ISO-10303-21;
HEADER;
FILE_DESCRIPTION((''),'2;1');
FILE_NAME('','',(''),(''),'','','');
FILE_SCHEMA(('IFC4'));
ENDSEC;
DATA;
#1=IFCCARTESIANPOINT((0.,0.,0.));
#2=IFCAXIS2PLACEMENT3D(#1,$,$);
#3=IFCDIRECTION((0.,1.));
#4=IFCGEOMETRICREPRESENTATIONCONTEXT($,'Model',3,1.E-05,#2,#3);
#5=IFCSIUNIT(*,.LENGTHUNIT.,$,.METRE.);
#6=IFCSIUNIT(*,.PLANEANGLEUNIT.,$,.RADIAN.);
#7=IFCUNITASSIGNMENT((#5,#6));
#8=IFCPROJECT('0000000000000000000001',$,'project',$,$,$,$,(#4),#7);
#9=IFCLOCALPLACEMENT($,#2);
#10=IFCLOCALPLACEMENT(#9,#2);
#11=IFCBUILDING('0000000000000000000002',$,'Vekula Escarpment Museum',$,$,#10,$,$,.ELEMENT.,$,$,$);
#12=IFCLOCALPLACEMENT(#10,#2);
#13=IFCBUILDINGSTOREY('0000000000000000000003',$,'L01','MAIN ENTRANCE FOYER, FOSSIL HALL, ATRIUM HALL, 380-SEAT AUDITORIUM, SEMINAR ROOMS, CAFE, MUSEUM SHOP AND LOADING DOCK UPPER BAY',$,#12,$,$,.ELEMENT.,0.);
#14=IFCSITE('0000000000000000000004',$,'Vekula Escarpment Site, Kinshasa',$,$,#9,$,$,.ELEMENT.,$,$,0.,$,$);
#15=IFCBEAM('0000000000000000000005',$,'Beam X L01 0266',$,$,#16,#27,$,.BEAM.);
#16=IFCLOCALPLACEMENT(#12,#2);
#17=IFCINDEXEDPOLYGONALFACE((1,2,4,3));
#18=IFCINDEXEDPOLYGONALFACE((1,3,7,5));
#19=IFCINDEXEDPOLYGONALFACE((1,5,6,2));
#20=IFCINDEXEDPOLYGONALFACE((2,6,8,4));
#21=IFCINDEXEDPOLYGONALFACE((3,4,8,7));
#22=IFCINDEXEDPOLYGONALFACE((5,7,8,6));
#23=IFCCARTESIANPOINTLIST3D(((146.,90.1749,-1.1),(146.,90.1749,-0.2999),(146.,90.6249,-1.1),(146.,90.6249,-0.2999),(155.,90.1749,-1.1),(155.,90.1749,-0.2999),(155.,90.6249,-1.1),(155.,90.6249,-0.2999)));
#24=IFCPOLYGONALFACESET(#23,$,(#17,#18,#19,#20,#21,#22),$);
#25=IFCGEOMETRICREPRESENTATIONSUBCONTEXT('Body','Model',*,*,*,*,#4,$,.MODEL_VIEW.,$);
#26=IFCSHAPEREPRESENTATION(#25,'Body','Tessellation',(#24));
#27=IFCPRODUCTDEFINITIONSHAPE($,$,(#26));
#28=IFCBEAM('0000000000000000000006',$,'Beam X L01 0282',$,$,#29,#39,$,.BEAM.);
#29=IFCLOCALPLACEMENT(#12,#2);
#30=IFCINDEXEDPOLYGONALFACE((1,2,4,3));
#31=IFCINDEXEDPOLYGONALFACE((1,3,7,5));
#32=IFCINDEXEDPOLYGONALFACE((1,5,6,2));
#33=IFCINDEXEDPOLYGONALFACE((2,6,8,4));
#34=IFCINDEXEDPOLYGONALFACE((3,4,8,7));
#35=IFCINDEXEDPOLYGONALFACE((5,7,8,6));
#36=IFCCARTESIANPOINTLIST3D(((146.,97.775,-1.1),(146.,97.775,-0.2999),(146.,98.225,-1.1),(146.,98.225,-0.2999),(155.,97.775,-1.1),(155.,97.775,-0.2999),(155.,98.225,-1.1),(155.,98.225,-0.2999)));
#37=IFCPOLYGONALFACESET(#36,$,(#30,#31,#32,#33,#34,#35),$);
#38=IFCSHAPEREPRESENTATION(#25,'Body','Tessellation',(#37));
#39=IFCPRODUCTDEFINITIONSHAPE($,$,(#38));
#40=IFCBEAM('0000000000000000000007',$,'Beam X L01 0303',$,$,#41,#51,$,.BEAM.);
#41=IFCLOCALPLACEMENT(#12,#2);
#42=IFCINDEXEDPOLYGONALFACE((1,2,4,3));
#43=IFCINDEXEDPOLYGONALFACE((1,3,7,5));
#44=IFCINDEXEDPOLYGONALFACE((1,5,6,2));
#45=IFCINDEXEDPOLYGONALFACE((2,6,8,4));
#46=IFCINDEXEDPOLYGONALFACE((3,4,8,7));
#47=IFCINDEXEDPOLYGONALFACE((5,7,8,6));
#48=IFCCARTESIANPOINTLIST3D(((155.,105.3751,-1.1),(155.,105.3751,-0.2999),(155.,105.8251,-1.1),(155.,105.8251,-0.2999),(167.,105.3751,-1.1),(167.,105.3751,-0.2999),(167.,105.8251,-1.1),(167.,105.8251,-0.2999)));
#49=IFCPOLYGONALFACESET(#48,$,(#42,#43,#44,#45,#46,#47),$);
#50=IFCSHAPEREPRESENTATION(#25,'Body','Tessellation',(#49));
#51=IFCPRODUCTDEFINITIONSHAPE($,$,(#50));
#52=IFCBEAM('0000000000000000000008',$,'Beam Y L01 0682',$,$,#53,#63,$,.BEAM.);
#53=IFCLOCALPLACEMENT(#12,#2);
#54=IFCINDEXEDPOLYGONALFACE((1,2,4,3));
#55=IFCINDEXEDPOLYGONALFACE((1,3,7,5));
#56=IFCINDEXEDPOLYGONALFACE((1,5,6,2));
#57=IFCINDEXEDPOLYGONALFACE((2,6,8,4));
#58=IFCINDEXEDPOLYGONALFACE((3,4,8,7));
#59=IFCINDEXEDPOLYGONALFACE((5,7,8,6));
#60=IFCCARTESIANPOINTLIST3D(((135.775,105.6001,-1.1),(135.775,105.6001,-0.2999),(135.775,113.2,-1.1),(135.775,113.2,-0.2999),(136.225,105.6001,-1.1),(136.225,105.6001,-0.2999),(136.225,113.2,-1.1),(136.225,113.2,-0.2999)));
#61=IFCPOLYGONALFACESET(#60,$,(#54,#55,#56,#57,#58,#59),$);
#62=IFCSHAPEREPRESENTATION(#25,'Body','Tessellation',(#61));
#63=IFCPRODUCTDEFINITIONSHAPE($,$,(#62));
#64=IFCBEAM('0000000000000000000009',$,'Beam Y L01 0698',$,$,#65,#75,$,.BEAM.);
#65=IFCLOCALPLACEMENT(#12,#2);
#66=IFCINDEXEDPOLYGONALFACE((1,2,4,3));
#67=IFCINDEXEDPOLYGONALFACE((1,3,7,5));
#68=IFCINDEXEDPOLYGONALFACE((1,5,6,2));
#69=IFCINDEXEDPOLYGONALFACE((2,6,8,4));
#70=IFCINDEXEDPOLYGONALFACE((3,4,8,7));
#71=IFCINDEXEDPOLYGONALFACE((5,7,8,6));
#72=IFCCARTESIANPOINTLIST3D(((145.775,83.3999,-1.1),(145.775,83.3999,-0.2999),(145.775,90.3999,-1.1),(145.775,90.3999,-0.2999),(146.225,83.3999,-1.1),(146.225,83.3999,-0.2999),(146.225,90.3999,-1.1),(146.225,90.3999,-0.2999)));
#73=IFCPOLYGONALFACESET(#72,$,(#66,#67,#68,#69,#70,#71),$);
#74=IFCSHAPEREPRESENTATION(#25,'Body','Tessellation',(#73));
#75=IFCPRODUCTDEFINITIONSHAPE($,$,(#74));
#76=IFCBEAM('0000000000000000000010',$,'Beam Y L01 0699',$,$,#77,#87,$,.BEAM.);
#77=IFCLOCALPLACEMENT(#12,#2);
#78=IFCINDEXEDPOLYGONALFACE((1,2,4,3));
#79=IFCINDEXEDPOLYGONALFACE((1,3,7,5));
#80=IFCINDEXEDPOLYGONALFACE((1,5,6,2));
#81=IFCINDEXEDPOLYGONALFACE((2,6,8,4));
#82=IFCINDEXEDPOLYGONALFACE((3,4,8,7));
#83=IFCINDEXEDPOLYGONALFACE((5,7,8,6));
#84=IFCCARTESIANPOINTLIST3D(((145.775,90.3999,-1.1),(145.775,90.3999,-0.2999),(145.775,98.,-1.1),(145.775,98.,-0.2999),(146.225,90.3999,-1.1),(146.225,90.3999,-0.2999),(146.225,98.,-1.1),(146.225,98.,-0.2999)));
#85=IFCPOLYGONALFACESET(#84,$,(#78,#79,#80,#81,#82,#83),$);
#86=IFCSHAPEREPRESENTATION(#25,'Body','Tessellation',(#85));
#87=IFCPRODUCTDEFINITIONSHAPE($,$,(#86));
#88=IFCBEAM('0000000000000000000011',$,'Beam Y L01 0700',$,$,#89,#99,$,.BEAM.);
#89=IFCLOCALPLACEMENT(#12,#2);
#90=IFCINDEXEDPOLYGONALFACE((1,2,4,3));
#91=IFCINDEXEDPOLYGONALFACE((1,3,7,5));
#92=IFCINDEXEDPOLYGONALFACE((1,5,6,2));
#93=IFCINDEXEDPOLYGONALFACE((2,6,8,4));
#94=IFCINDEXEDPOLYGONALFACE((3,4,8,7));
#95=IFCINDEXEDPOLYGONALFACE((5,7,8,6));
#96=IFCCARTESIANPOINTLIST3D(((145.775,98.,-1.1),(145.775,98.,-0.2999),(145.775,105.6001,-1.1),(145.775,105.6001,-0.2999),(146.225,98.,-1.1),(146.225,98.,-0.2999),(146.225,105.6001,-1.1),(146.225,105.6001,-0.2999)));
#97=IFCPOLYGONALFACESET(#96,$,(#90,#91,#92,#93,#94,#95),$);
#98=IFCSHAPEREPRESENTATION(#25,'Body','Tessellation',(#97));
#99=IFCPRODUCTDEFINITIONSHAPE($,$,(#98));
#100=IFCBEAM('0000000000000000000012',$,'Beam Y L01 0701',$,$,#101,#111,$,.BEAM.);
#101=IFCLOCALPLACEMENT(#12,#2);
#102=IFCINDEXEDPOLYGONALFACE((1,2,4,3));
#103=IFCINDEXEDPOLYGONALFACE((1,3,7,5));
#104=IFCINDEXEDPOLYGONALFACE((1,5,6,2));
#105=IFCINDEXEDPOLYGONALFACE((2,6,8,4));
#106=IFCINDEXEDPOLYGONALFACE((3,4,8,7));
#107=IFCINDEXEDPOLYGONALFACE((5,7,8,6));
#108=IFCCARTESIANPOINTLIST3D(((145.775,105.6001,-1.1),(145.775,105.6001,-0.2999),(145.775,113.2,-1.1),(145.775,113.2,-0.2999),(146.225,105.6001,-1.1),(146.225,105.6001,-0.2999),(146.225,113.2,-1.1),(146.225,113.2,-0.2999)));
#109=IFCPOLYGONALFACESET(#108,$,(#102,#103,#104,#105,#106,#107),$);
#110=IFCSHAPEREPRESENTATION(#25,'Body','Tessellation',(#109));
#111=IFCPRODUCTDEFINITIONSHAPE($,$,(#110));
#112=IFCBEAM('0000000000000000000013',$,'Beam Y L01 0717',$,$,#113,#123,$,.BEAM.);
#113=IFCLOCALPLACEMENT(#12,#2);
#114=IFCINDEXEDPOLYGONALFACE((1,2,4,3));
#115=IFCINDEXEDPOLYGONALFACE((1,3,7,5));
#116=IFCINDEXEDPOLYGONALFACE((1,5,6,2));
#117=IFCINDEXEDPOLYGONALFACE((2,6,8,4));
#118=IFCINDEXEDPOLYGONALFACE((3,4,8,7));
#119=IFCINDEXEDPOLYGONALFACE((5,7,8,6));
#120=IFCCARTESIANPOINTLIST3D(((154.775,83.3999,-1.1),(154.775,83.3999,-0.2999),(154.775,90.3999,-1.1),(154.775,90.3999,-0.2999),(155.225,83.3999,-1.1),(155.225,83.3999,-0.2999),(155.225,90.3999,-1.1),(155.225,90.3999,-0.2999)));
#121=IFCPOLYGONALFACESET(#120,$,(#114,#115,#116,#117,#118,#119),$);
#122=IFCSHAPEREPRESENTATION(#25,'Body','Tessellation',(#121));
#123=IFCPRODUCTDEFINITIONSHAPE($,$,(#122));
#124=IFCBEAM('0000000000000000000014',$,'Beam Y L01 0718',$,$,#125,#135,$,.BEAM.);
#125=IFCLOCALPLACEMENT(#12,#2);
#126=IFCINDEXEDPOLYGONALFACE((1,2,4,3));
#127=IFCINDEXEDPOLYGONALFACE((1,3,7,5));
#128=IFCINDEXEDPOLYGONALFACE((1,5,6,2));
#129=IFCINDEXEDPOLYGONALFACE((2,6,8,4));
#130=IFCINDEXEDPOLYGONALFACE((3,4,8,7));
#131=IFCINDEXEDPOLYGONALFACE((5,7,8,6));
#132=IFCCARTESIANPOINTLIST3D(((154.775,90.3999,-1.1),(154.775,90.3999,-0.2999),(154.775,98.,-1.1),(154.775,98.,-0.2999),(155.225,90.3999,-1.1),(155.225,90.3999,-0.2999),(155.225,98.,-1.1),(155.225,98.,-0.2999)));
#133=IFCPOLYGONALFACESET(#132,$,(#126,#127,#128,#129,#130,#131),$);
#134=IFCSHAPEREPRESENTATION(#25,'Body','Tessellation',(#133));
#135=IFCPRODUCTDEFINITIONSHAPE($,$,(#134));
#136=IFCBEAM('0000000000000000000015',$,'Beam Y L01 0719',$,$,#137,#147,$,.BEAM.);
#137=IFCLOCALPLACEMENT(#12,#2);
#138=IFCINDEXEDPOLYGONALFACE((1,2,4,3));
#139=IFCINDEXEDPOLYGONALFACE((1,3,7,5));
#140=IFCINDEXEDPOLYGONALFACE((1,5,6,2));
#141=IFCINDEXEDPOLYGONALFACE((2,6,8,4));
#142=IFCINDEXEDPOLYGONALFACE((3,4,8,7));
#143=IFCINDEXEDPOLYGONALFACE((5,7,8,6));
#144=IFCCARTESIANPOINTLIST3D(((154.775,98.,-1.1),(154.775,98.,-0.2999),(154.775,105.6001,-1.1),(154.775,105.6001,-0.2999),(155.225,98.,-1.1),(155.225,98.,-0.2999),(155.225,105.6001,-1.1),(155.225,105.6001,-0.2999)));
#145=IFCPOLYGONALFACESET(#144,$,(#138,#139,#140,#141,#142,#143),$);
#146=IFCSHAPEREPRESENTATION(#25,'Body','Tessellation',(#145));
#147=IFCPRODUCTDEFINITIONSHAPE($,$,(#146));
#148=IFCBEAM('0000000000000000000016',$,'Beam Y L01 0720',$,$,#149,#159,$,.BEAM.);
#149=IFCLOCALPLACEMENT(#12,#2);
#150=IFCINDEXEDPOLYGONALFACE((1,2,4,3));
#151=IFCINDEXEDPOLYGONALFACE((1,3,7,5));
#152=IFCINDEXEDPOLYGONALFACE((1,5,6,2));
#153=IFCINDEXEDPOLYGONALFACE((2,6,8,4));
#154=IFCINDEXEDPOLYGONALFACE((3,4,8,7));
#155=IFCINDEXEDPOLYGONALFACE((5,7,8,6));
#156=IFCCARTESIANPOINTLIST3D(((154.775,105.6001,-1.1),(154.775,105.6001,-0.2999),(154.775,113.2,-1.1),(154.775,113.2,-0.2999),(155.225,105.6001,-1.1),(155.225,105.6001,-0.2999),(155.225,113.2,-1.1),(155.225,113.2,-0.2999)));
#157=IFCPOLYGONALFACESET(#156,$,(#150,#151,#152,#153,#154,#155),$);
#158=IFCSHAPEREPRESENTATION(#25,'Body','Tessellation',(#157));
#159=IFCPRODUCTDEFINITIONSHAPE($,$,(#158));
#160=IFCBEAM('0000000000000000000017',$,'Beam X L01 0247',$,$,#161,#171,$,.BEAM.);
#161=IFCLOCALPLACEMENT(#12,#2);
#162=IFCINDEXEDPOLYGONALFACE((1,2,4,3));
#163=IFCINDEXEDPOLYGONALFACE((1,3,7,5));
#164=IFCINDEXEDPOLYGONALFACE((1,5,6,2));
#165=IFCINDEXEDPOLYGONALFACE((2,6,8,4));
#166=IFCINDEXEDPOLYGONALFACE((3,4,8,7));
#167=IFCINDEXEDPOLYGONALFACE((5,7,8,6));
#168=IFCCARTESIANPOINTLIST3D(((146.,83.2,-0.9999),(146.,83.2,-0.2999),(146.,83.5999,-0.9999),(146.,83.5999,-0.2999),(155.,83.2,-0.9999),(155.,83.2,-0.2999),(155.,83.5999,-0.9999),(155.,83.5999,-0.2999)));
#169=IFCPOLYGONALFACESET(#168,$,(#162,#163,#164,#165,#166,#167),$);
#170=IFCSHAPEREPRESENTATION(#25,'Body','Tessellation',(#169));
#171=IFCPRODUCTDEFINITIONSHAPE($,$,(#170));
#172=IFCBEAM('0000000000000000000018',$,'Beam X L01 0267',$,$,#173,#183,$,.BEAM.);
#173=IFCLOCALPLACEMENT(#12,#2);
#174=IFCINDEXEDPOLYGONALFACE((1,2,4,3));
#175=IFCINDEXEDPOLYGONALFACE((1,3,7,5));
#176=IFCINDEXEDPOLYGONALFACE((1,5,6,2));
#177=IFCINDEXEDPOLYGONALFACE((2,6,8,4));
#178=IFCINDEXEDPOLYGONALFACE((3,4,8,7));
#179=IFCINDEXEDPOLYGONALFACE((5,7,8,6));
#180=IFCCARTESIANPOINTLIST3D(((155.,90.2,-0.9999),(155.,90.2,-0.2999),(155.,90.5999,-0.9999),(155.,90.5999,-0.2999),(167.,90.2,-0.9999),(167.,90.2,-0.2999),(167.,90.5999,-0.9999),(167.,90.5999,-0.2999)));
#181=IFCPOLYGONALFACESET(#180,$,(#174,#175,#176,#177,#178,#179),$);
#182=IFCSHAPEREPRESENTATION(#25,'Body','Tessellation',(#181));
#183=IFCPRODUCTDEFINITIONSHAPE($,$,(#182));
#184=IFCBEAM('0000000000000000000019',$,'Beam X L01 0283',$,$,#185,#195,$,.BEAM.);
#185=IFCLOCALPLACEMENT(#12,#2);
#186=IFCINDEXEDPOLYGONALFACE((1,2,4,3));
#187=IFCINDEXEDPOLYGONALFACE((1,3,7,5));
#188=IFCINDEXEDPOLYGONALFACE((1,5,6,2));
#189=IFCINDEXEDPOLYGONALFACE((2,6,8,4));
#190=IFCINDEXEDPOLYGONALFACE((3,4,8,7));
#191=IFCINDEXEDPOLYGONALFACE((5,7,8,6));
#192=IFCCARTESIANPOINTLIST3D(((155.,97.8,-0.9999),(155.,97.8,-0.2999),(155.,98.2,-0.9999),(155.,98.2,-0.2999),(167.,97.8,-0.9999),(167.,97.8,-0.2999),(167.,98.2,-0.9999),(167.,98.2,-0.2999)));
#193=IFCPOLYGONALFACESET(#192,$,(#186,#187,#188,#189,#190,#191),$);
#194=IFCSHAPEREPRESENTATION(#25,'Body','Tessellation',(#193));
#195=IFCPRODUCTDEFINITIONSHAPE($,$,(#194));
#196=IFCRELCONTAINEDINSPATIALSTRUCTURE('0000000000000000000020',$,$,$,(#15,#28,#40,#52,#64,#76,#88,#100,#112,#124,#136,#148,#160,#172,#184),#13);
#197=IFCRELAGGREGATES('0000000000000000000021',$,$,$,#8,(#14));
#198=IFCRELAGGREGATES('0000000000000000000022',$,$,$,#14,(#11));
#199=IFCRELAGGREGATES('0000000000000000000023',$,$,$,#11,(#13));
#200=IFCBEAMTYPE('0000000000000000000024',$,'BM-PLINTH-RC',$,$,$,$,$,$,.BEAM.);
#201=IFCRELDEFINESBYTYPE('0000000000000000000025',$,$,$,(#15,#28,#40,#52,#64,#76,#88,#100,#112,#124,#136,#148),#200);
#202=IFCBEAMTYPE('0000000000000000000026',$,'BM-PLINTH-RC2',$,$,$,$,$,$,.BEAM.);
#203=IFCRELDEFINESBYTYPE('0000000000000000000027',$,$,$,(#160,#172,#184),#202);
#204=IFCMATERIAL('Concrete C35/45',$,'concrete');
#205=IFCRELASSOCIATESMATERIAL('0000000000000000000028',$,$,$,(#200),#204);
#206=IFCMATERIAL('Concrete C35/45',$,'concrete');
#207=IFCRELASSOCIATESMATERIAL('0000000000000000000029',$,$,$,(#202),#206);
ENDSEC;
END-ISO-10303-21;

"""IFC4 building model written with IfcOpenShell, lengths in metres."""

from ifc_helpers import new_model, si_unit, direction, frame, origin, origin_2d, place, context, subcontext, project, spatial, rectangle, extrude, material, material_profile, profile_set, type_object, element, save


model = new_model("IFC4")

# Units and contexts
model_context = context("Model", 3, precision=1e-05, world=origin(), true_north=direction((0.0, 1.0)))
body_context = subcontext(model_context, "Body", "Model", "MODEL_VIEW")
ifc_project = project(units=[si_unit("LENGTHUNIT", "METRE"), si_unit("PLANEANGLEUNIT", "RADIAN")], contexts=[model_context])

# Site, building, storey
site_placement = place(None, origin())
site = spatial("IfcSite", under=ifc_project, at=site_placement, Name="Vekula Escarpment Site, Kinshasa", CompositionType="ELEMENT", RefElevation=0.0)
building_placement = place(site_placement, origin())
building = spatial("IfcBuilding", under=site, at=building_placement, Name="Vekula Escarpment Museum", CompositionType="ELEMENT")
storey_placement = place(building_placement, origin())
storey = spatial("IfcBuildingStorey", under=building, at=storey_placement, Name="L01", Description="MAIN ENTRANCE FOYER, FOSSIL HALL, ATRIUM HALL, 380-SEAT AUDITORIUM, SEMINAR ROOMS, CAFE, MUSEUM SHOP AND LOADING DOCK UPPER BAY", CompositionType="ELEMENT", Elevation=0.0)

# Beams
ifc_material_1 = material(Name="Concrete C35/45", Category="concrete")
ifc_material_profile_1 = material_profile(ifc_material_1, rectangle(XDim=0.45, YDim=0.8, at=origin_2d()), Name="RC 450x800")
ifc_profile_set_1 = profile_set([ifc_material_profile_1], Name="Concrete C35/45")
beam_type_1 = type_object("IfcBeamType", Name="BM-PLINTH-RC", PredefinedType="BEAM", material=ifc_profile_set_1)
for number, where, z_axis, x_axis, name in (
    (1, (146.0, 90.3999, -0.7), (1.0, 0.0, 0.0), (0.0, 1.0, 0.0), "Beam X L01 0266"),
    (2, (146.0, 98.0, -0.7), (1.0, 0.0, 0.0), (0.0, 1.0, 0.0), "Beam X L01 0282"),
):
    element("IfcBeam", number, at=place(storey_placement, frame(where, z_axis=z_axis, x_axis=x_axis)), inside=storey, type_object=beam_type_1, Name=name, PredefinedType="BEAM", context=body_context, shape_type="SweptSolid", body=[
        extrude(rectangle(XDim=0.45, YDim=0.8, at=origin_2d()), origin(), (0.0, 0.0, 1.0), 9.0),
    ])
beam_1_placement = place(storey_placement, frame((155.0, 105.6001, -0.7), z_axis=(1.0, 0.0, 0.0), x_axis=(0.0, 1.0, 0.0)))
element("IfcBeam", 3, at=beam_1_placement, inside=storey, type_object=beam_type_1, Name="Beam X L01 0303", PredefinedType="BEAM", context=body_context, shape_type="SweptSolid", body=[
    extrude(rectangle(XDim=0.45, YDim=0.8, at=origin_2d()), origin(), (0.0, 0.0, 1.0), 12.0),
])
beam_2_placement = place(storey_placement, frame((136.0, 105.6001, -0.7), z_axis=(0.0, 1.0, 0.0), x_axis=(-1.0, 0.0, 0.0)))
element("IfcBeam", 4, at=beam_2_placement, inside=storey, type_object=beam_type_1, Name="Beam Y L01 0682", PredefinedType="BEAM", context=body_context, shape_type="SweptSolid", body=[
    extrude(rectangle(XDim=0.45, YDim=0.8, at=origin_2d()), origin(), (0.0, 0.0, 1.0), 7.5999),
])
beam_3_placement = place(storey_placement, frame((146.0, 83.3999, -0.7), z_axis=(0.0, 1.0, 0.0), x_axis=(-1.0, 0.0, 0.0)))
element("IfcBeam", 5, at=beam_3_placement, inside=storey, type_object=beam_type_1, Name="Beam Y L01 0698", PredefinedType="BEAM", context=body_context, shape_type="SweptSolid", body=[
    extrude(rectangle(XDim=0.45, YDim=0.8, at=origin_2d()), origin(), (0.0, 0.0, 1.0), 7.0),
])
for number, where, z_axis, x_axis, name in (
    (6, (146.0, 90.3999, -0.7), (0.0, 1.0, 0.0), (-1.0, 0.0, 0.0), "Beam Y L01 0699"),
    (7, (146.0, 98.0, -0.7), (0.0, 1.0, 0.0), (-1.0, 0.0, 0.0), "Beam Y L01 0700"),
):
    element("IfcBeam", number, at=place(storey_placement, frame(where, z_axis=z_axis, x_axis=x_axis)), inside=storey, type_object=beam_type_1, Name=name, PredefinedType="BEAM", context=body_context, shape_type="SweptSolid", body=[
        extrude(rectangle(XDim=0.45, YDim=0.8, at=origin_2d()), origin(), (0.0, 0.0, 1.0), 7.6001),
    ])
beam_4_placement = place(storey_placement, frame((146.0, 105.6001, -0.7), z_axis=(0.0, 1.0, 0.0), x_axis=(-1.0, 0.0, 0.0)))
element("IfcBeam", 8, at=beam_4_placement, inside=storey, type_object=beam_type_1, Name="Beam Y L01 0701", PredefinedType="BEAM", context=body_context, shape_type="SweptSolid", body=[
    extrude(rectangle(XDim=0.45, YDim=0.8, at=origin_2d()), origin(), (0.0, 0.0, 1.0), 7.5999),
])
beam_5_placement = place(storey_placement, frame((155.0, 83.3999, -0.7), z_axis=(0.0, 1.0, 0.0), x_axis=(-1.0, 0.0, 0.0)))
element("IfcBeam", 9, at=beam_5_placement, inside=storey, type_object=beam_type_1, Name="Beam Y L01 0717", PredefinedType="BEAM", context=body_context, shape_type="SweptSolid", body=[
    extrude(rectangle(XDim=0.45, YDim=0.8, at=origin_2d()), origin(), (0.0, 0.0, 1.0), 7.0),
])
for number, where, z_axis, x_axis, name in (
    (10, (155.0, 90.3999, -0.7), (0.0, 1.0, 0.0), (-1.0, 0.0, 0.0), "Beam Y L01 0718"),
    (11, (155.0, 98.0, -0.7), (0.0, 1.0, 0.0), (-1.0, 0.0, 0.0), "Beam Y L01 0719"),
):
    element("IfcBeam", number, at=place(storey_placement, frame(where, z_axis=z_axis, x_axis=x_axis)), inside=storey, type_object=beam_type_1, Name=name, PredefinedType="BEAM", context=body_context, shape_type="SweptSolid", body=[
        extrude(rectangle(XDim=0.45, YDim=0.8, at=origin_2d()), origin(), (0.0, 0.0, 1.0), 7.6001),
    ])
beam_6_placement = place(storey_placement, frame((155.0, 105.6001, -0.7), z_axis=(0.0, 1.0, 0.0), x_axis=(-1.0, 0.0, 0.0)))
element("IfcBeam", 12, at=beam_6_placement, inside=storey, type_object=beam_type_1, Name="Beam Y L01 0720", PredefinedType="BEAM", context=body_context, shape_type="SweptSolid", body=[
    extrude(rectangle(XDim=0.45, YDim=0.8, at=origin_2d()), origin(), (0.0, 0.0, 1.0), 7.5999),
])
ifc_material_2 = material(Name="Concrete C35/45", Category="concrete")
ifc_material_profile_2 = material_profile(ifc_material_2, rectangle(XDim=0.3999, YDim=0.7, at=origin_2d()), Name="RC 400x700")
ifc_profile_set_2 = profile_set([ifc_material_profile_2], Name="Concrete C35/45")
beam_type_2 = type_object("IfcBeamType", Name="BM-PLINTH-RC2", PredefinedType="BEAM", material=ifc_profile_set_2)
beam_7_placement = place(storey_placement, frame((146.0, 83.3999, -0.6499), z_axis=(1.0, 0.0, 0.0), x_axis=(0.0, 1.0, 0.0)))
element("IfcBeam", 13, at=beam_7_placement, inside=storey, type_object=beam_type_2, Name="Beam X L01 0247", PredefinedType="BEAM", context=body_context, shape_type="SweptSolid", body=[
    extrude(rectangle(XDim=0.3999, YDim=0.7, at=origin_2d()), origin(), (0.0, 0.0, 1.0), 9.0),
])
for number, where, z_axis, x_axis, name in (
    (14, (155.0, 90.3999, -0.6499), (1.0, 0.0, 0.0), (0.0, 1.0, 0.0), "Beam X L01 0267"),
    (15, (155.0, 98.0, -0.6499), (1.0, 0.0, 0.0), (0.0, 1.0, 0.0), "Beam X L01 0283"),
):
    element("IfcBeam", number, at=place(storey_placement, frame(where, z_axis=z_axis, x_axis=x_axis)), inside=storey, type_object=beam_type_2, Name=name, PredefinedType="BEAM", context=body_context, shape_type="SweptSolid", body=[
        extrude(rectangle(XDim=0.3999, YDim=0.7, at=origin_2d()), origin(), (0.0, 0.0, 1.0), 12.0),
    ])

save(model, "model.ifc")
